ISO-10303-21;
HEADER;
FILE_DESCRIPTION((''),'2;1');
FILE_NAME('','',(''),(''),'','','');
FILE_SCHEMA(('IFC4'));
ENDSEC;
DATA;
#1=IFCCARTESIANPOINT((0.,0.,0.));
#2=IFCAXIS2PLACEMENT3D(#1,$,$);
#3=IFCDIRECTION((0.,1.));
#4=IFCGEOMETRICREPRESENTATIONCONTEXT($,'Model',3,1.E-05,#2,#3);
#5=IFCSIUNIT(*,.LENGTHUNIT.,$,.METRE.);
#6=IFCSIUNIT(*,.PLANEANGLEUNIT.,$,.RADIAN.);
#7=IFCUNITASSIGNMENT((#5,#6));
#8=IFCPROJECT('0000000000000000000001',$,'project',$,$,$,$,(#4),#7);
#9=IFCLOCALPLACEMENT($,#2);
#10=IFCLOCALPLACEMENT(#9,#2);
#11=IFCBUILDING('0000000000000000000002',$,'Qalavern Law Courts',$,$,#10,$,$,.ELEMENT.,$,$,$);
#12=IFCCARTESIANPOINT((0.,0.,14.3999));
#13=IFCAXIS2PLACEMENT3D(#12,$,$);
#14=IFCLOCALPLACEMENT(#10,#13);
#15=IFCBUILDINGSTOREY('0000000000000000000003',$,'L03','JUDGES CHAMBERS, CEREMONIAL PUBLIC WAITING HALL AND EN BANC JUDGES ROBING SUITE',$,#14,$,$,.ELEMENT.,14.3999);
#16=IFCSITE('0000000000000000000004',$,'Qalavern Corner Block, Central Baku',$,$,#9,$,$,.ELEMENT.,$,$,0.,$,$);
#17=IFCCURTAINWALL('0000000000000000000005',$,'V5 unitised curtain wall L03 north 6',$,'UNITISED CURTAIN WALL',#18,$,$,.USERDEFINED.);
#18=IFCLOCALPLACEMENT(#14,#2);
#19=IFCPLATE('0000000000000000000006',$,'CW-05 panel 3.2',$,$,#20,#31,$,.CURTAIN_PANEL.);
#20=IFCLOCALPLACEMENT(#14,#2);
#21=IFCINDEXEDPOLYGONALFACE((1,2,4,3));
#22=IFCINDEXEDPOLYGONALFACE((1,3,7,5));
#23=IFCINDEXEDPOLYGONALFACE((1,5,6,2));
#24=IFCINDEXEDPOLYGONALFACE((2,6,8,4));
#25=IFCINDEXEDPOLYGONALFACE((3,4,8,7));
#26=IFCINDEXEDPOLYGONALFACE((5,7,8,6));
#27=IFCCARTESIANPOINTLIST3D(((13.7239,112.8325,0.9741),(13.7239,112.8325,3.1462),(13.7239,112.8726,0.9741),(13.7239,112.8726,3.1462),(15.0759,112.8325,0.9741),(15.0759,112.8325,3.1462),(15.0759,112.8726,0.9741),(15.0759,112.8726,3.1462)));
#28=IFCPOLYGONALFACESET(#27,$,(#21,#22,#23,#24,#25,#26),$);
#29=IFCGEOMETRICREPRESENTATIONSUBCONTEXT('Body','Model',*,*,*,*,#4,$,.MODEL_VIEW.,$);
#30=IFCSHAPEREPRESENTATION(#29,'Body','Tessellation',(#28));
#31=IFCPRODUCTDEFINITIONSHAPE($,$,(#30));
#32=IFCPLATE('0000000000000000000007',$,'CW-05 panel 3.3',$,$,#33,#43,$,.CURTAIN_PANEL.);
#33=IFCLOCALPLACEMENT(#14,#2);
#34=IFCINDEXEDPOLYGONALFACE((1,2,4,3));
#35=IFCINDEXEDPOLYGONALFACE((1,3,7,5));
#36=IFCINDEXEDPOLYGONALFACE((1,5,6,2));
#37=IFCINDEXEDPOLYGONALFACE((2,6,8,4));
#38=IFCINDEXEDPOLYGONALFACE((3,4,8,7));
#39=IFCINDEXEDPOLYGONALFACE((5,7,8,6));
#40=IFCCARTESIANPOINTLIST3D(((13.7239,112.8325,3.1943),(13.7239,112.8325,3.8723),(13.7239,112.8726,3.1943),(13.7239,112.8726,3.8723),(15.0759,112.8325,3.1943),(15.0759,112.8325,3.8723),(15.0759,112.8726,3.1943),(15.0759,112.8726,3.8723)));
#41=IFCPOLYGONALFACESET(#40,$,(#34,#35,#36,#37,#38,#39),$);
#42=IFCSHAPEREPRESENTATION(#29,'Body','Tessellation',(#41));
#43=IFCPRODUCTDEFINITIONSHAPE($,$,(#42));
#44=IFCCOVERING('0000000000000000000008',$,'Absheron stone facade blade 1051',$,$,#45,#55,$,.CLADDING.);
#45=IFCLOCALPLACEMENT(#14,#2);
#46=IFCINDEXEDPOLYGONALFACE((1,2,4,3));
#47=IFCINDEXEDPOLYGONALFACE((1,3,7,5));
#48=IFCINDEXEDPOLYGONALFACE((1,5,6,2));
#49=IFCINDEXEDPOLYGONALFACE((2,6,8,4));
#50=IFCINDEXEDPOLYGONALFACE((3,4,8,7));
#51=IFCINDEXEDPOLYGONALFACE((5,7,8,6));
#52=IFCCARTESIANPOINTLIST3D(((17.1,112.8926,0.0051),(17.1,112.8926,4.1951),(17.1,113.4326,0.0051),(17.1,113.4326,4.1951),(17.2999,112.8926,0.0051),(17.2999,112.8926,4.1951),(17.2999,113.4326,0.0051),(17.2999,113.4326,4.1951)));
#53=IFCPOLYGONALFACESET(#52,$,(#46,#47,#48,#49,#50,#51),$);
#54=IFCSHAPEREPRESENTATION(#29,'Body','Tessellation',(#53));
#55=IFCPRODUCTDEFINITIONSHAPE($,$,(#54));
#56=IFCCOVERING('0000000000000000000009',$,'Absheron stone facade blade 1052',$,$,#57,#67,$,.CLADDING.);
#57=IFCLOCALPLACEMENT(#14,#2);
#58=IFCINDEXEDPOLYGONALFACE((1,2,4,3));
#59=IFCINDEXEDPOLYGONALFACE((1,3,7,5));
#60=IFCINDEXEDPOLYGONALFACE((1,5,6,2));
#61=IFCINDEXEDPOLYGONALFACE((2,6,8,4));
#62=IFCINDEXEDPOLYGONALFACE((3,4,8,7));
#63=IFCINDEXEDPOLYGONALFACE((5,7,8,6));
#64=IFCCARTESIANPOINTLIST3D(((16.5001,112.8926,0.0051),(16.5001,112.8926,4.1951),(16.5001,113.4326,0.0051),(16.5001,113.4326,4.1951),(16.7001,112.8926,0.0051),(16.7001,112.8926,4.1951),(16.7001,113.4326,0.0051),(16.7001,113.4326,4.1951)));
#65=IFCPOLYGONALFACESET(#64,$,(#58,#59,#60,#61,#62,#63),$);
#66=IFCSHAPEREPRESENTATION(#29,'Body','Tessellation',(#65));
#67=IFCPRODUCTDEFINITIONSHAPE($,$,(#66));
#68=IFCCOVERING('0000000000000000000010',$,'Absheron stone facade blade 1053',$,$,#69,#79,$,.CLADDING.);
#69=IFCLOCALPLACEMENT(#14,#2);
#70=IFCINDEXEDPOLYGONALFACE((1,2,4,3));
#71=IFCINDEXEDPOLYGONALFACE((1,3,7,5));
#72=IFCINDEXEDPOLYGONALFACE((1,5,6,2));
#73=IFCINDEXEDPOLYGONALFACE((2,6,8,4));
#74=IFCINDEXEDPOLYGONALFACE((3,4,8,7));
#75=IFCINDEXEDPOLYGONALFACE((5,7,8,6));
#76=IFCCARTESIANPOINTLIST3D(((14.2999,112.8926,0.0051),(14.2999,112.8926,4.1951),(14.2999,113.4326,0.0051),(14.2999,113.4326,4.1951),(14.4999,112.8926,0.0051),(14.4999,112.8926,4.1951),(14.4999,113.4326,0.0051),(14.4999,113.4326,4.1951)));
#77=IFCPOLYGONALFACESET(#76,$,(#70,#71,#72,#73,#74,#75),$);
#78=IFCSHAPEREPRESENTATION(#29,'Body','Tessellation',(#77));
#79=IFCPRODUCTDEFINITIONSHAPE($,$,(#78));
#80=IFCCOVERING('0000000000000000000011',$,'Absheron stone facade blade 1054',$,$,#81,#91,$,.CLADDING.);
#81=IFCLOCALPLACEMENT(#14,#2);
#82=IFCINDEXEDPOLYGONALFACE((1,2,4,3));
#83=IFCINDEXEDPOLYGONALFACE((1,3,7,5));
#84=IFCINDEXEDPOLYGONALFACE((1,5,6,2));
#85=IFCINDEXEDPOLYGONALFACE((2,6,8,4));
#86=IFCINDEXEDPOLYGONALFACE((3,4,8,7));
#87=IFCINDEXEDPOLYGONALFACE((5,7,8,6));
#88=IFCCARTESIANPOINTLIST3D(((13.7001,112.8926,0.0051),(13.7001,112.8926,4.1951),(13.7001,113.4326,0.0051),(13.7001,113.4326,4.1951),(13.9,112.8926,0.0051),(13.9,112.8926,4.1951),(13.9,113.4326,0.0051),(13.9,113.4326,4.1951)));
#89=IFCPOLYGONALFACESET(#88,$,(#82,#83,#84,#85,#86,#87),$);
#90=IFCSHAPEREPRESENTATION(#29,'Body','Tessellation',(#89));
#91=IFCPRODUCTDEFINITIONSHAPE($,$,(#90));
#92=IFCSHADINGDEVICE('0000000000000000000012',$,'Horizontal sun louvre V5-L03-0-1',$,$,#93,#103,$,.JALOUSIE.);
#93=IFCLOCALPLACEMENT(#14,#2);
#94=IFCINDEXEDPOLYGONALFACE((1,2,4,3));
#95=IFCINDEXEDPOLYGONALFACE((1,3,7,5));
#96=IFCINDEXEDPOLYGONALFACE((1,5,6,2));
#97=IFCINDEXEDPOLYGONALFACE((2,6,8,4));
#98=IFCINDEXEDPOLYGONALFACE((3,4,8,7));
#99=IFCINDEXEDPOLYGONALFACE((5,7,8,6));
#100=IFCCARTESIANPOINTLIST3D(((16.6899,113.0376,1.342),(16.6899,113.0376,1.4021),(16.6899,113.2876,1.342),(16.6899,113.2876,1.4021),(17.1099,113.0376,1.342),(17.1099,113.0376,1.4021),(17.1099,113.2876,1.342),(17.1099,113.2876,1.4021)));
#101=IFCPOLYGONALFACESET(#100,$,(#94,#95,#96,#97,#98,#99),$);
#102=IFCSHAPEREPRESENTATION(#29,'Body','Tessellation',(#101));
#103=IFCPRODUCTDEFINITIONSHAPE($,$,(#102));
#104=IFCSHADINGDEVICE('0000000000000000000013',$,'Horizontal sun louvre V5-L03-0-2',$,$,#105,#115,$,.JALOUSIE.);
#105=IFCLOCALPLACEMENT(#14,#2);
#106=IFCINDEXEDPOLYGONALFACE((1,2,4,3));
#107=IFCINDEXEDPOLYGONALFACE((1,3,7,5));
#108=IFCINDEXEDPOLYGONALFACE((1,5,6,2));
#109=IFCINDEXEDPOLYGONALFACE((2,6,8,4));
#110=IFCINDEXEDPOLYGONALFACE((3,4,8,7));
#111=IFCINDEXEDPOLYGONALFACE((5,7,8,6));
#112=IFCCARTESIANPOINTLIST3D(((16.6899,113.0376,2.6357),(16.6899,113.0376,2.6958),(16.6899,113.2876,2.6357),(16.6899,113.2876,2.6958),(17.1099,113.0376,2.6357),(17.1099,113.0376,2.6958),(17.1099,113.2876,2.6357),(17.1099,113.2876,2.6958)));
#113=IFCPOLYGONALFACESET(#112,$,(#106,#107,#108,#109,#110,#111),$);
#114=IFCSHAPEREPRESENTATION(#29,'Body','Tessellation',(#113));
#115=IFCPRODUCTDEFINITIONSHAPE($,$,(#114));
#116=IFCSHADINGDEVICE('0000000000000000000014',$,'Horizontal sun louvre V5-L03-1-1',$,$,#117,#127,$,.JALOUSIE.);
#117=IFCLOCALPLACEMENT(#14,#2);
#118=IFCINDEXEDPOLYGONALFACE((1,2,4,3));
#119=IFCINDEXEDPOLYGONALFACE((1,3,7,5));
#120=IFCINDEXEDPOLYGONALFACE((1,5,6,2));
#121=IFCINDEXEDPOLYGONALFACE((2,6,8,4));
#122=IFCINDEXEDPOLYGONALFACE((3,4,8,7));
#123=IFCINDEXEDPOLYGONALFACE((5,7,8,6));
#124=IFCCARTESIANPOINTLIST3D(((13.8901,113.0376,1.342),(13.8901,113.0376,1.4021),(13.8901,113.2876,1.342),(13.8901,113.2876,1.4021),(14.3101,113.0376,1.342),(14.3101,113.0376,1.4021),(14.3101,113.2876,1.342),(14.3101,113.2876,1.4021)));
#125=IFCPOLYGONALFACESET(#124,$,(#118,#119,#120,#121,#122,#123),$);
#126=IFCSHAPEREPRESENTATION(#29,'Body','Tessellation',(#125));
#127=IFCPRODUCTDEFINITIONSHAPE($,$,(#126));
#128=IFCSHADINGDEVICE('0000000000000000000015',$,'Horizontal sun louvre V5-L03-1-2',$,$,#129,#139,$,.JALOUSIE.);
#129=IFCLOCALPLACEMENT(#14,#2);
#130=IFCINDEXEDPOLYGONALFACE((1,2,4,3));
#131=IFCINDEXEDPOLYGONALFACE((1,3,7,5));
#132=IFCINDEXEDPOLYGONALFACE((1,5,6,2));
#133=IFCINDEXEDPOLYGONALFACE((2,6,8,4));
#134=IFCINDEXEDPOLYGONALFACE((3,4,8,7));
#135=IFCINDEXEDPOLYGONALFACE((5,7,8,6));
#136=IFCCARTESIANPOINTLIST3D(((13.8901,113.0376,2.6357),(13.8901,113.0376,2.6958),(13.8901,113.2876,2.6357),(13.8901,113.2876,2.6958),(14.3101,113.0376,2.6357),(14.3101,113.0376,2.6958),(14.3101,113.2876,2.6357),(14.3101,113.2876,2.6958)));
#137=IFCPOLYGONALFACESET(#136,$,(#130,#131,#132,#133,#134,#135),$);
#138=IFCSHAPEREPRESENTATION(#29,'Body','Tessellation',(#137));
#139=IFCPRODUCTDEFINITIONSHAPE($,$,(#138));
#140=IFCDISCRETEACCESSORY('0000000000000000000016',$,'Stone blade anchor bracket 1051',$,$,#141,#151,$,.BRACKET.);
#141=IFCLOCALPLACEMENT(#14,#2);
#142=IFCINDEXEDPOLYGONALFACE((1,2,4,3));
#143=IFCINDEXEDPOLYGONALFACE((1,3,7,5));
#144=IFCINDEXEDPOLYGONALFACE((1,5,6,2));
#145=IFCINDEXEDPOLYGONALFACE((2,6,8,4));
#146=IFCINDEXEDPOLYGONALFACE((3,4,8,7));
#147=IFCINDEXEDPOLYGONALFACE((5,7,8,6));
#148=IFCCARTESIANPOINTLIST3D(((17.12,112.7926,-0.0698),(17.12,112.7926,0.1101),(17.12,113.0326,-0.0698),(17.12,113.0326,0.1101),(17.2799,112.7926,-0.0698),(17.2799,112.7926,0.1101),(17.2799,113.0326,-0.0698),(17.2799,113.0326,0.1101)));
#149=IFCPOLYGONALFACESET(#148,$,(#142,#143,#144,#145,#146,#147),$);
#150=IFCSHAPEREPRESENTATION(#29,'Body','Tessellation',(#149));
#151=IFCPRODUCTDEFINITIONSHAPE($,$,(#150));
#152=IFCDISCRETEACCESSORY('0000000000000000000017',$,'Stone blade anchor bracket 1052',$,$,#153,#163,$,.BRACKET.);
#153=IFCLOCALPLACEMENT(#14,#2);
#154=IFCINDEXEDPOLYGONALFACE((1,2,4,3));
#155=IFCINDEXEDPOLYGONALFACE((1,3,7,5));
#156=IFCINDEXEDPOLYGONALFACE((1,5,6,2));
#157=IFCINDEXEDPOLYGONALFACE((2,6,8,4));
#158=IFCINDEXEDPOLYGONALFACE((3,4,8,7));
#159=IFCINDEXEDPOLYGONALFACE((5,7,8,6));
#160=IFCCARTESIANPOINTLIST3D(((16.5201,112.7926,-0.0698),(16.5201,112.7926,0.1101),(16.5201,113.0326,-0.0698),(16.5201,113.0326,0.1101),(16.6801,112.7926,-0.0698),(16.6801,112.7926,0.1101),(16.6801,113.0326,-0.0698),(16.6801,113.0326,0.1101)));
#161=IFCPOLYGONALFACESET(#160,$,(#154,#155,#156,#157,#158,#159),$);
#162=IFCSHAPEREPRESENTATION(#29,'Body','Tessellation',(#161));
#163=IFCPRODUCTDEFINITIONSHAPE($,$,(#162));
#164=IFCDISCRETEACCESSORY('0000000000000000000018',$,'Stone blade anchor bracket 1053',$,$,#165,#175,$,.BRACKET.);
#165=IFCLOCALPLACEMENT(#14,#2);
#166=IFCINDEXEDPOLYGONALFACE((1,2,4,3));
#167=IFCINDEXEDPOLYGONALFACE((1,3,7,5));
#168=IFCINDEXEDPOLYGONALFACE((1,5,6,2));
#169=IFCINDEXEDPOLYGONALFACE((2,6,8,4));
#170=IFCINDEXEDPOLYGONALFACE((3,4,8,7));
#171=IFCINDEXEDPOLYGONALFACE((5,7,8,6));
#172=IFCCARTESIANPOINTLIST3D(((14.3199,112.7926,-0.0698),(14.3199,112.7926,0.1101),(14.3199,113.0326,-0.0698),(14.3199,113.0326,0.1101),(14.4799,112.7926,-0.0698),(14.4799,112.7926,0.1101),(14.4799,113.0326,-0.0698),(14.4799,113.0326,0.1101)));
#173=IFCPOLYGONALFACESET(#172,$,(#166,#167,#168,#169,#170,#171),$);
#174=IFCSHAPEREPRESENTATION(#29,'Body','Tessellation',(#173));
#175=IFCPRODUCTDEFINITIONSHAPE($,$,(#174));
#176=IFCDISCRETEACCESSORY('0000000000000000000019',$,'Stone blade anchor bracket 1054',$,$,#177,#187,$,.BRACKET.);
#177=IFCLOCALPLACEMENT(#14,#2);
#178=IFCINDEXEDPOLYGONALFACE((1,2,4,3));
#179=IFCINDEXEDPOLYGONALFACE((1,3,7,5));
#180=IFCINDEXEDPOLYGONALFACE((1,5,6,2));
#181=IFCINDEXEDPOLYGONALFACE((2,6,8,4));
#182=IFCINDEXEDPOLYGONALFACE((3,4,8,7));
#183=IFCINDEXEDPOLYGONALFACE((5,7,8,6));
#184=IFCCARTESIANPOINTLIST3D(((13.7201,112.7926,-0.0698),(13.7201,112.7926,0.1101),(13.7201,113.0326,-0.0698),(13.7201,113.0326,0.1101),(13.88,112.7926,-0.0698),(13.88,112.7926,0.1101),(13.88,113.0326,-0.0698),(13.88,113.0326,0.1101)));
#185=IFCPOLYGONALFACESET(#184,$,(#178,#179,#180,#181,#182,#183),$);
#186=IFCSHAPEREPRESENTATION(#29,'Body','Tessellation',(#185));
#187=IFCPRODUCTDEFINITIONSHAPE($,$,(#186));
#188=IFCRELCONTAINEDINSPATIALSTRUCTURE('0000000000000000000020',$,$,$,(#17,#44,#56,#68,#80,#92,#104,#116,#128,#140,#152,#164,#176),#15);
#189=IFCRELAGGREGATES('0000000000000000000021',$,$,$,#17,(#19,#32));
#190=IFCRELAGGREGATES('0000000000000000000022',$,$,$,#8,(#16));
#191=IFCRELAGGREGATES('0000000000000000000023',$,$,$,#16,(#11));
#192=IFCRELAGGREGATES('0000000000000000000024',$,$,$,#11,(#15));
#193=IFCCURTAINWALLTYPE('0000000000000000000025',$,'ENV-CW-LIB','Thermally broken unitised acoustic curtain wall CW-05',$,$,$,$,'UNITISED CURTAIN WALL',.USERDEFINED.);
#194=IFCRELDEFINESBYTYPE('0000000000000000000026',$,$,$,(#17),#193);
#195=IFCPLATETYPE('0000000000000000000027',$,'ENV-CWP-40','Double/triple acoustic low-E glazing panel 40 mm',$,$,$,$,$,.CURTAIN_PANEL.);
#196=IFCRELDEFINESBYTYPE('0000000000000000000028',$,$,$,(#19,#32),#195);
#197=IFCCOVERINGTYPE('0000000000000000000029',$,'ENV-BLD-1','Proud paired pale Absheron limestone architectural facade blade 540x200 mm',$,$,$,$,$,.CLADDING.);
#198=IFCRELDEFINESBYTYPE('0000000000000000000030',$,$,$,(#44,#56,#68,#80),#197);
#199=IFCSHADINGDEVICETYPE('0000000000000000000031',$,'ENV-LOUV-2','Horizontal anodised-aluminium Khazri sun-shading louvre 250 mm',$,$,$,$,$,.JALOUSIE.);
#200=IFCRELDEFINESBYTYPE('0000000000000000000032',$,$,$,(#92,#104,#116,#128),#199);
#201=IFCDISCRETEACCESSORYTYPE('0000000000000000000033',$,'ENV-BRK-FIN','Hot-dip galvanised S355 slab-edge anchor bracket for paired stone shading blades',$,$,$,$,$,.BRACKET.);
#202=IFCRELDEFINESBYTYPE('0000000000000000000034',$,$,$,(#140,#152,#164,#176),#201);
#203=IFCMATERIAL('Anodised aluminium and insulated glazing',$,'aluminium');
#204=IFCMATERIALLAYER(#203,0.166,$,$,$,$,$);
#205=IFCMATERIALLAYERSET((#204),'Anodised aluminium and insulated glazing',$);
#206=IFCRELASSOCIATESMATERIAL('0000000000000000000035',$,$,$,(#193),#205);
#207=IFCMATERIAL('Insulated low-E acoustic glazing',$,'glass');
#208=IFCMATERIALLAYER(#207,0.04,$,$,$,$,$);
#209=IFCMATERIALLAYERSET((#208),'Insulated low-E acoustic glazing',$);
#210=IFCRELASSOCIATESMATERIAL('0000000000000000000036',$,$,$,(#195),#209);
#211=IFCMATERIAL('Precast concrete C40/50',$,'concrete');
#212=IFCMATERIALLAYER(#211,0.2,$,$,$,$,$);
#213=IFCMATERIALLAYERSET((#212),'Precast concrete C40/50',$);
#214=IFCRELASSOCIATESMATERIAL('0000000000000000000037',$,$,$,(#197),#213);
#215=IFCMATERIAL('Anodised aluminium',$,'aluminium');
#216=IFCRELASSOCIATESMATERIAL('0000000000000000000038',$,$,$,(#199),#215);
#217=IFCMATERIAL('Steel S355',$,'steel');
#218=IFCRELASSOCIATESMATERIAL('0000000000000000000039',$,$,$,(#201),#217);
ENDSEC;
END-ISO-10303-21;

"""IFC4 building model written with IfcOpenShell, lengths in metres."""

from ifc_helpers import new_model, si_unit, direction, frame, origin, origin_2d, place, context, subcontext, project, spatial, rectangle, extrude, material, layer, layer_set, type_object, element, aggregate, save


model = new_model("IFC4")

# Units and contexts
model_context = context("Model", 3, precision=1e-05, world=origin(), true_north=direction((0.0, 1.0)))
body_context = subcontext(model_context, "Body", "Model", "MODEL_VIEW")
ifc_project = project(units=[si_unit("LENGTHUNIT", "METRE"), si_unit("PLANEANGLEUNIT", "RADIAN")], contexts=[model_context])

# Site, building, storey
site_placement = place(None, origin())
site = spatial("IfcSite", under=ifc_project, at=site_placement, Name="Qalavern Corner Block, Central Baku", CompositionType="ELEMENT", RefElevation=0.0)
building_placement = place(site_placement, origin())
building = spatial("IfcBuilding", under=site, at=building_placement, Name="Qalavern Law Courts", CompositionType="ELEMENT")
storey_placement = place(building_placement, frame((0.0, 0.0, 14.3999)))
storey = spatial("IfcBuildingStorey", under=building, at=storey_placement, Name="L03", Description="JUDGES CHAMBERS, CEREMONIAL PUBLIC WAITING HALL AND EN BANC JUDGES ROBING SUITE", CompositionType="ELEMENT", Elevation=14.3999)

# Curtain wall, plates
ifc_material_1 = material(Name="Anodised aluminium and insulated glazing", Category="aluminium")
ifc_layer_1 = layer(ifc_material_1, 0.166)
ifc_layer_set_1 = layer_set([ifc_layer_1], Name="Anodised aluminium and insulated glazing")
curtain_wall_type = type_object("IfcCurtainWallType", Name="ENV-CW-LIB", Description="Thermally broken unitised acoustic curtain wall CW-05", ElementType="UNITISED CURTAIN WALL", PredefinedType="USERDEFINED", material=ifc_layer_set_1)
curtain_wall_placement = place(storey_placement, origin())
curtain_wall = element("IfcCurtainWall", 1, at=curtain_wall_placement, inside=storey, type_object=curtain_wall_type, Name="V5 unitised curtain wall L03 north 6", ObjectType="UNITISED CURTAIN WALL", PredefinedType="USERDEFINED")
ifc_material_2 = material(Name="Anodised aluminium", Category="aluminium")
ifc_material_3 = material(Name="Insulated low-E acoustic glazing", Category="glass")
ifc_layer_2 = layer(ifc_material_3, 0.04)
ifc_layer_set_2 = layer_set([ifc_layer_2], Name="Insulated low-E acoustic glazing")
plate_type = type_object("IfcPlateType", Name="ENV-CWP-40", Description="Double/triple acoustic low-E glazing panel 40 mm", PredefinedType="CURTAIN_PANEL", material=ifc_layer_set_2)
plate_1_placement = place(storey_placement, frame((14.3999, 112.8525, 0.9741), z_axis=(0.0, 0.0, 1.0), x_axis=(-1.0, 0.0, 0.0)))
plate_1 = element("IfcPlate", 2, at=plate_1_placement, type_object=plate_type, Name="CW-05 panel 3.2", PredefinedType="CURTAIN_PANEL", context=body_context, shape_type="SweptSolid", body=[
    extrude(rectangle(XDim=1.3521, YDim=0.04, at=origin_2d()), origin(), (0.0, 0.0, 1.0), 2.1721),
])
plate_2_placement = place(storey_placement, frame((14.3999, 112.8525, 3.1943), z_axis=(0.0, 0.0, 1.0), x_axis=(-1.0, 0.0, 0.0)))
plate_2 = element("IfcPlate", 3, at=plate_2_placement, type_object=plate_type, Name="CW-05 panel 3.3", PredefinedType="CURTAIN_PANEL", context=body_context, shape_type="SweptSolid", body=[
    extrude(rectangle(XDim=1.3521, YDim=0.04, at=origin_2d()), origin(), (0.0, 0.0, 1.0), 0.678),
])
aggregate(curtain_wall, [plate_1, plate_2])

# Coverings
ifc_material_4 = material(Name="Precast concrete C40/50", Category="concrete")
ifc_layer_3 = layer(ifc_material_4, 0.2)
ifc_layer_set_3 = layer_set([ifc_layer_3], Name="Precast concrete C40/50")
covering_type = type_object("IfcCoveringType", Name="ENV-BLD-1", Description="Proud paired pale Absheron limestone architectural facade blade 540x200 mm", PredefinedType="CLADDING", material=ifc_layer_set_3)
for number, where, z_axis, x_axis, name in (
    (4, (17.2, 113.1626, 0.0051), (0.0, 0.0, 1.0), (0.0, 1.0, 0.0), "Absheron stone facade blade 1051"),
    (5, (16.6001, 113.1626, 0.0051), (0.0, 0.0, 1.0), (0.0, 1.0, 0.0), "Absheron stone facade blade 1052"),
    (6, (14.3999, 113.1626, 0.0051), (0.0, 0.0, 1.0), (0.0, 1.0, 0.0), "Absheron stone facade blade 1053"),
    (7, (13.8, 113.1626, 0.0051), (0.0, 0.0, 1.0), (0.0, 1.0, 0.0), "Absheron stone facade blade 1054"),
):
    element("IfcCovering", number, at=place(storey_placement, frame(where, z_axis=z_axis, x_axis=x_axis)), inside=storey, type_object=covering_type, Name=name, PredefinedType="CLADDING", context=body_context, shape_type="SweptSolid", body=[
        extrude(rectangle(XDim=0.54, YDim=0.2, at=origin_2d()), origin(), (0.0, 0.0, 1.0), 4.1899),
    ])

# Shading devices
shading_device_type = type_object("IfcShadingDeviceType", Name="ENV-LOUV-2", Description="Horizontal anodised-aluminium Khazri sun-shading louvre 250 mm", PredefinedType="JALOUSIE", material=ifc_material_2)
for number, where, z_axis, x_axis, name in (
    (8, (16.8999, 113.1626, 1.342), (0.0, 0.0, 1.0), (-1.0, 0.0, 0.0), "Horizontal sun louvre V5-L03-0-1"),
    (9, (16.8999, 113.1626, 2.6357), (0.0, 0.0, 1.0), (-1.0, 0.0, 0.0), "Horizontal sun louvre V5-L03-0-2"),
    (10, (14.1001, 113.1626, 1.342), (0.0, 0.0, 1.0), (-1.0, 0.0, 0.0), "Horizontal sun louvre V5-L03-1-1"),
    (11, (14.1001, 113.1626, 2.6357), (0.0, 0.0, 1.0), (-1.0, 0.0, 0.0), "Horizontal sun louvre V5-L03-1-2"),
):
    element("IfcShadingDevice", number, at=place(storey_placement, frame(where, z_axis=z_axis, x_axis=x_axis)), inside=storey, type_object=shading_device_type, Name=name, PredefinedType="JALOUSIE", context=body_context, shape_type="SweptSolid", body=[
        extrude(rectangle(XDim=0.4199, YDim=0.25, at=origin_2d()), origin(), (0.0, 0.0, 1.0), 0.0601),
    ])

# Discrete accessories
ifc_material_5 = material(Name="Steel S355", Category="steel")
discrete_accessory_type = type_object("IfcDiscreteAccessoryType", Name="ENV-BRK-FIN", Description="Hot-dip galvanised S355 slab-edge anchor bracket for paired stone shading blades", PredefinedType="BRACKET", material=ifc_material_5)
for number, where, z_axis, x_axis, name in (
    (12, (17.2, 112.9126, -0.0698), (0.0, 0.0, 1.0), (0.0, 1.0, 0.0), "Stone blade anchor bracket 1051"),
    (13, (16.6001, 112.9126, -0.0698), (0.0, 0.0, 1.0), (0.0, 1.0, 0.0), "Stone blade anchor bracket 1052"),
    (14, (14.3999, 112.9126, -0.0698), (0.0, 0.0, 1.0), (0.0, 1.0, 0.0), "Stone blade anchor bracket 1053"),
    (15, (13.8, 112.9126, -0.0698), (0.0, 0.0, 1.0), (0.0, 1.0, 0.0), "Stone blade anchor bracket 1054"),
):
    element("IfcDiscreteAccessory", number, at=place(storey_placement, frame(where, z_axis=z_axis, x_axis=x_axis)), inside=storey, type_object=discrete_accessory_type, Name=name, PredefinedType="BRACKET", context=body_context, shape_type="SweptSolid", body=[
        extrude(rectangle(XDim=0.24, YDim=0.1599, at=origin_2d()), origin(), (0.0, 0.0, 1.0), 0.1799),
    ])

save(model, "model.ifc")
